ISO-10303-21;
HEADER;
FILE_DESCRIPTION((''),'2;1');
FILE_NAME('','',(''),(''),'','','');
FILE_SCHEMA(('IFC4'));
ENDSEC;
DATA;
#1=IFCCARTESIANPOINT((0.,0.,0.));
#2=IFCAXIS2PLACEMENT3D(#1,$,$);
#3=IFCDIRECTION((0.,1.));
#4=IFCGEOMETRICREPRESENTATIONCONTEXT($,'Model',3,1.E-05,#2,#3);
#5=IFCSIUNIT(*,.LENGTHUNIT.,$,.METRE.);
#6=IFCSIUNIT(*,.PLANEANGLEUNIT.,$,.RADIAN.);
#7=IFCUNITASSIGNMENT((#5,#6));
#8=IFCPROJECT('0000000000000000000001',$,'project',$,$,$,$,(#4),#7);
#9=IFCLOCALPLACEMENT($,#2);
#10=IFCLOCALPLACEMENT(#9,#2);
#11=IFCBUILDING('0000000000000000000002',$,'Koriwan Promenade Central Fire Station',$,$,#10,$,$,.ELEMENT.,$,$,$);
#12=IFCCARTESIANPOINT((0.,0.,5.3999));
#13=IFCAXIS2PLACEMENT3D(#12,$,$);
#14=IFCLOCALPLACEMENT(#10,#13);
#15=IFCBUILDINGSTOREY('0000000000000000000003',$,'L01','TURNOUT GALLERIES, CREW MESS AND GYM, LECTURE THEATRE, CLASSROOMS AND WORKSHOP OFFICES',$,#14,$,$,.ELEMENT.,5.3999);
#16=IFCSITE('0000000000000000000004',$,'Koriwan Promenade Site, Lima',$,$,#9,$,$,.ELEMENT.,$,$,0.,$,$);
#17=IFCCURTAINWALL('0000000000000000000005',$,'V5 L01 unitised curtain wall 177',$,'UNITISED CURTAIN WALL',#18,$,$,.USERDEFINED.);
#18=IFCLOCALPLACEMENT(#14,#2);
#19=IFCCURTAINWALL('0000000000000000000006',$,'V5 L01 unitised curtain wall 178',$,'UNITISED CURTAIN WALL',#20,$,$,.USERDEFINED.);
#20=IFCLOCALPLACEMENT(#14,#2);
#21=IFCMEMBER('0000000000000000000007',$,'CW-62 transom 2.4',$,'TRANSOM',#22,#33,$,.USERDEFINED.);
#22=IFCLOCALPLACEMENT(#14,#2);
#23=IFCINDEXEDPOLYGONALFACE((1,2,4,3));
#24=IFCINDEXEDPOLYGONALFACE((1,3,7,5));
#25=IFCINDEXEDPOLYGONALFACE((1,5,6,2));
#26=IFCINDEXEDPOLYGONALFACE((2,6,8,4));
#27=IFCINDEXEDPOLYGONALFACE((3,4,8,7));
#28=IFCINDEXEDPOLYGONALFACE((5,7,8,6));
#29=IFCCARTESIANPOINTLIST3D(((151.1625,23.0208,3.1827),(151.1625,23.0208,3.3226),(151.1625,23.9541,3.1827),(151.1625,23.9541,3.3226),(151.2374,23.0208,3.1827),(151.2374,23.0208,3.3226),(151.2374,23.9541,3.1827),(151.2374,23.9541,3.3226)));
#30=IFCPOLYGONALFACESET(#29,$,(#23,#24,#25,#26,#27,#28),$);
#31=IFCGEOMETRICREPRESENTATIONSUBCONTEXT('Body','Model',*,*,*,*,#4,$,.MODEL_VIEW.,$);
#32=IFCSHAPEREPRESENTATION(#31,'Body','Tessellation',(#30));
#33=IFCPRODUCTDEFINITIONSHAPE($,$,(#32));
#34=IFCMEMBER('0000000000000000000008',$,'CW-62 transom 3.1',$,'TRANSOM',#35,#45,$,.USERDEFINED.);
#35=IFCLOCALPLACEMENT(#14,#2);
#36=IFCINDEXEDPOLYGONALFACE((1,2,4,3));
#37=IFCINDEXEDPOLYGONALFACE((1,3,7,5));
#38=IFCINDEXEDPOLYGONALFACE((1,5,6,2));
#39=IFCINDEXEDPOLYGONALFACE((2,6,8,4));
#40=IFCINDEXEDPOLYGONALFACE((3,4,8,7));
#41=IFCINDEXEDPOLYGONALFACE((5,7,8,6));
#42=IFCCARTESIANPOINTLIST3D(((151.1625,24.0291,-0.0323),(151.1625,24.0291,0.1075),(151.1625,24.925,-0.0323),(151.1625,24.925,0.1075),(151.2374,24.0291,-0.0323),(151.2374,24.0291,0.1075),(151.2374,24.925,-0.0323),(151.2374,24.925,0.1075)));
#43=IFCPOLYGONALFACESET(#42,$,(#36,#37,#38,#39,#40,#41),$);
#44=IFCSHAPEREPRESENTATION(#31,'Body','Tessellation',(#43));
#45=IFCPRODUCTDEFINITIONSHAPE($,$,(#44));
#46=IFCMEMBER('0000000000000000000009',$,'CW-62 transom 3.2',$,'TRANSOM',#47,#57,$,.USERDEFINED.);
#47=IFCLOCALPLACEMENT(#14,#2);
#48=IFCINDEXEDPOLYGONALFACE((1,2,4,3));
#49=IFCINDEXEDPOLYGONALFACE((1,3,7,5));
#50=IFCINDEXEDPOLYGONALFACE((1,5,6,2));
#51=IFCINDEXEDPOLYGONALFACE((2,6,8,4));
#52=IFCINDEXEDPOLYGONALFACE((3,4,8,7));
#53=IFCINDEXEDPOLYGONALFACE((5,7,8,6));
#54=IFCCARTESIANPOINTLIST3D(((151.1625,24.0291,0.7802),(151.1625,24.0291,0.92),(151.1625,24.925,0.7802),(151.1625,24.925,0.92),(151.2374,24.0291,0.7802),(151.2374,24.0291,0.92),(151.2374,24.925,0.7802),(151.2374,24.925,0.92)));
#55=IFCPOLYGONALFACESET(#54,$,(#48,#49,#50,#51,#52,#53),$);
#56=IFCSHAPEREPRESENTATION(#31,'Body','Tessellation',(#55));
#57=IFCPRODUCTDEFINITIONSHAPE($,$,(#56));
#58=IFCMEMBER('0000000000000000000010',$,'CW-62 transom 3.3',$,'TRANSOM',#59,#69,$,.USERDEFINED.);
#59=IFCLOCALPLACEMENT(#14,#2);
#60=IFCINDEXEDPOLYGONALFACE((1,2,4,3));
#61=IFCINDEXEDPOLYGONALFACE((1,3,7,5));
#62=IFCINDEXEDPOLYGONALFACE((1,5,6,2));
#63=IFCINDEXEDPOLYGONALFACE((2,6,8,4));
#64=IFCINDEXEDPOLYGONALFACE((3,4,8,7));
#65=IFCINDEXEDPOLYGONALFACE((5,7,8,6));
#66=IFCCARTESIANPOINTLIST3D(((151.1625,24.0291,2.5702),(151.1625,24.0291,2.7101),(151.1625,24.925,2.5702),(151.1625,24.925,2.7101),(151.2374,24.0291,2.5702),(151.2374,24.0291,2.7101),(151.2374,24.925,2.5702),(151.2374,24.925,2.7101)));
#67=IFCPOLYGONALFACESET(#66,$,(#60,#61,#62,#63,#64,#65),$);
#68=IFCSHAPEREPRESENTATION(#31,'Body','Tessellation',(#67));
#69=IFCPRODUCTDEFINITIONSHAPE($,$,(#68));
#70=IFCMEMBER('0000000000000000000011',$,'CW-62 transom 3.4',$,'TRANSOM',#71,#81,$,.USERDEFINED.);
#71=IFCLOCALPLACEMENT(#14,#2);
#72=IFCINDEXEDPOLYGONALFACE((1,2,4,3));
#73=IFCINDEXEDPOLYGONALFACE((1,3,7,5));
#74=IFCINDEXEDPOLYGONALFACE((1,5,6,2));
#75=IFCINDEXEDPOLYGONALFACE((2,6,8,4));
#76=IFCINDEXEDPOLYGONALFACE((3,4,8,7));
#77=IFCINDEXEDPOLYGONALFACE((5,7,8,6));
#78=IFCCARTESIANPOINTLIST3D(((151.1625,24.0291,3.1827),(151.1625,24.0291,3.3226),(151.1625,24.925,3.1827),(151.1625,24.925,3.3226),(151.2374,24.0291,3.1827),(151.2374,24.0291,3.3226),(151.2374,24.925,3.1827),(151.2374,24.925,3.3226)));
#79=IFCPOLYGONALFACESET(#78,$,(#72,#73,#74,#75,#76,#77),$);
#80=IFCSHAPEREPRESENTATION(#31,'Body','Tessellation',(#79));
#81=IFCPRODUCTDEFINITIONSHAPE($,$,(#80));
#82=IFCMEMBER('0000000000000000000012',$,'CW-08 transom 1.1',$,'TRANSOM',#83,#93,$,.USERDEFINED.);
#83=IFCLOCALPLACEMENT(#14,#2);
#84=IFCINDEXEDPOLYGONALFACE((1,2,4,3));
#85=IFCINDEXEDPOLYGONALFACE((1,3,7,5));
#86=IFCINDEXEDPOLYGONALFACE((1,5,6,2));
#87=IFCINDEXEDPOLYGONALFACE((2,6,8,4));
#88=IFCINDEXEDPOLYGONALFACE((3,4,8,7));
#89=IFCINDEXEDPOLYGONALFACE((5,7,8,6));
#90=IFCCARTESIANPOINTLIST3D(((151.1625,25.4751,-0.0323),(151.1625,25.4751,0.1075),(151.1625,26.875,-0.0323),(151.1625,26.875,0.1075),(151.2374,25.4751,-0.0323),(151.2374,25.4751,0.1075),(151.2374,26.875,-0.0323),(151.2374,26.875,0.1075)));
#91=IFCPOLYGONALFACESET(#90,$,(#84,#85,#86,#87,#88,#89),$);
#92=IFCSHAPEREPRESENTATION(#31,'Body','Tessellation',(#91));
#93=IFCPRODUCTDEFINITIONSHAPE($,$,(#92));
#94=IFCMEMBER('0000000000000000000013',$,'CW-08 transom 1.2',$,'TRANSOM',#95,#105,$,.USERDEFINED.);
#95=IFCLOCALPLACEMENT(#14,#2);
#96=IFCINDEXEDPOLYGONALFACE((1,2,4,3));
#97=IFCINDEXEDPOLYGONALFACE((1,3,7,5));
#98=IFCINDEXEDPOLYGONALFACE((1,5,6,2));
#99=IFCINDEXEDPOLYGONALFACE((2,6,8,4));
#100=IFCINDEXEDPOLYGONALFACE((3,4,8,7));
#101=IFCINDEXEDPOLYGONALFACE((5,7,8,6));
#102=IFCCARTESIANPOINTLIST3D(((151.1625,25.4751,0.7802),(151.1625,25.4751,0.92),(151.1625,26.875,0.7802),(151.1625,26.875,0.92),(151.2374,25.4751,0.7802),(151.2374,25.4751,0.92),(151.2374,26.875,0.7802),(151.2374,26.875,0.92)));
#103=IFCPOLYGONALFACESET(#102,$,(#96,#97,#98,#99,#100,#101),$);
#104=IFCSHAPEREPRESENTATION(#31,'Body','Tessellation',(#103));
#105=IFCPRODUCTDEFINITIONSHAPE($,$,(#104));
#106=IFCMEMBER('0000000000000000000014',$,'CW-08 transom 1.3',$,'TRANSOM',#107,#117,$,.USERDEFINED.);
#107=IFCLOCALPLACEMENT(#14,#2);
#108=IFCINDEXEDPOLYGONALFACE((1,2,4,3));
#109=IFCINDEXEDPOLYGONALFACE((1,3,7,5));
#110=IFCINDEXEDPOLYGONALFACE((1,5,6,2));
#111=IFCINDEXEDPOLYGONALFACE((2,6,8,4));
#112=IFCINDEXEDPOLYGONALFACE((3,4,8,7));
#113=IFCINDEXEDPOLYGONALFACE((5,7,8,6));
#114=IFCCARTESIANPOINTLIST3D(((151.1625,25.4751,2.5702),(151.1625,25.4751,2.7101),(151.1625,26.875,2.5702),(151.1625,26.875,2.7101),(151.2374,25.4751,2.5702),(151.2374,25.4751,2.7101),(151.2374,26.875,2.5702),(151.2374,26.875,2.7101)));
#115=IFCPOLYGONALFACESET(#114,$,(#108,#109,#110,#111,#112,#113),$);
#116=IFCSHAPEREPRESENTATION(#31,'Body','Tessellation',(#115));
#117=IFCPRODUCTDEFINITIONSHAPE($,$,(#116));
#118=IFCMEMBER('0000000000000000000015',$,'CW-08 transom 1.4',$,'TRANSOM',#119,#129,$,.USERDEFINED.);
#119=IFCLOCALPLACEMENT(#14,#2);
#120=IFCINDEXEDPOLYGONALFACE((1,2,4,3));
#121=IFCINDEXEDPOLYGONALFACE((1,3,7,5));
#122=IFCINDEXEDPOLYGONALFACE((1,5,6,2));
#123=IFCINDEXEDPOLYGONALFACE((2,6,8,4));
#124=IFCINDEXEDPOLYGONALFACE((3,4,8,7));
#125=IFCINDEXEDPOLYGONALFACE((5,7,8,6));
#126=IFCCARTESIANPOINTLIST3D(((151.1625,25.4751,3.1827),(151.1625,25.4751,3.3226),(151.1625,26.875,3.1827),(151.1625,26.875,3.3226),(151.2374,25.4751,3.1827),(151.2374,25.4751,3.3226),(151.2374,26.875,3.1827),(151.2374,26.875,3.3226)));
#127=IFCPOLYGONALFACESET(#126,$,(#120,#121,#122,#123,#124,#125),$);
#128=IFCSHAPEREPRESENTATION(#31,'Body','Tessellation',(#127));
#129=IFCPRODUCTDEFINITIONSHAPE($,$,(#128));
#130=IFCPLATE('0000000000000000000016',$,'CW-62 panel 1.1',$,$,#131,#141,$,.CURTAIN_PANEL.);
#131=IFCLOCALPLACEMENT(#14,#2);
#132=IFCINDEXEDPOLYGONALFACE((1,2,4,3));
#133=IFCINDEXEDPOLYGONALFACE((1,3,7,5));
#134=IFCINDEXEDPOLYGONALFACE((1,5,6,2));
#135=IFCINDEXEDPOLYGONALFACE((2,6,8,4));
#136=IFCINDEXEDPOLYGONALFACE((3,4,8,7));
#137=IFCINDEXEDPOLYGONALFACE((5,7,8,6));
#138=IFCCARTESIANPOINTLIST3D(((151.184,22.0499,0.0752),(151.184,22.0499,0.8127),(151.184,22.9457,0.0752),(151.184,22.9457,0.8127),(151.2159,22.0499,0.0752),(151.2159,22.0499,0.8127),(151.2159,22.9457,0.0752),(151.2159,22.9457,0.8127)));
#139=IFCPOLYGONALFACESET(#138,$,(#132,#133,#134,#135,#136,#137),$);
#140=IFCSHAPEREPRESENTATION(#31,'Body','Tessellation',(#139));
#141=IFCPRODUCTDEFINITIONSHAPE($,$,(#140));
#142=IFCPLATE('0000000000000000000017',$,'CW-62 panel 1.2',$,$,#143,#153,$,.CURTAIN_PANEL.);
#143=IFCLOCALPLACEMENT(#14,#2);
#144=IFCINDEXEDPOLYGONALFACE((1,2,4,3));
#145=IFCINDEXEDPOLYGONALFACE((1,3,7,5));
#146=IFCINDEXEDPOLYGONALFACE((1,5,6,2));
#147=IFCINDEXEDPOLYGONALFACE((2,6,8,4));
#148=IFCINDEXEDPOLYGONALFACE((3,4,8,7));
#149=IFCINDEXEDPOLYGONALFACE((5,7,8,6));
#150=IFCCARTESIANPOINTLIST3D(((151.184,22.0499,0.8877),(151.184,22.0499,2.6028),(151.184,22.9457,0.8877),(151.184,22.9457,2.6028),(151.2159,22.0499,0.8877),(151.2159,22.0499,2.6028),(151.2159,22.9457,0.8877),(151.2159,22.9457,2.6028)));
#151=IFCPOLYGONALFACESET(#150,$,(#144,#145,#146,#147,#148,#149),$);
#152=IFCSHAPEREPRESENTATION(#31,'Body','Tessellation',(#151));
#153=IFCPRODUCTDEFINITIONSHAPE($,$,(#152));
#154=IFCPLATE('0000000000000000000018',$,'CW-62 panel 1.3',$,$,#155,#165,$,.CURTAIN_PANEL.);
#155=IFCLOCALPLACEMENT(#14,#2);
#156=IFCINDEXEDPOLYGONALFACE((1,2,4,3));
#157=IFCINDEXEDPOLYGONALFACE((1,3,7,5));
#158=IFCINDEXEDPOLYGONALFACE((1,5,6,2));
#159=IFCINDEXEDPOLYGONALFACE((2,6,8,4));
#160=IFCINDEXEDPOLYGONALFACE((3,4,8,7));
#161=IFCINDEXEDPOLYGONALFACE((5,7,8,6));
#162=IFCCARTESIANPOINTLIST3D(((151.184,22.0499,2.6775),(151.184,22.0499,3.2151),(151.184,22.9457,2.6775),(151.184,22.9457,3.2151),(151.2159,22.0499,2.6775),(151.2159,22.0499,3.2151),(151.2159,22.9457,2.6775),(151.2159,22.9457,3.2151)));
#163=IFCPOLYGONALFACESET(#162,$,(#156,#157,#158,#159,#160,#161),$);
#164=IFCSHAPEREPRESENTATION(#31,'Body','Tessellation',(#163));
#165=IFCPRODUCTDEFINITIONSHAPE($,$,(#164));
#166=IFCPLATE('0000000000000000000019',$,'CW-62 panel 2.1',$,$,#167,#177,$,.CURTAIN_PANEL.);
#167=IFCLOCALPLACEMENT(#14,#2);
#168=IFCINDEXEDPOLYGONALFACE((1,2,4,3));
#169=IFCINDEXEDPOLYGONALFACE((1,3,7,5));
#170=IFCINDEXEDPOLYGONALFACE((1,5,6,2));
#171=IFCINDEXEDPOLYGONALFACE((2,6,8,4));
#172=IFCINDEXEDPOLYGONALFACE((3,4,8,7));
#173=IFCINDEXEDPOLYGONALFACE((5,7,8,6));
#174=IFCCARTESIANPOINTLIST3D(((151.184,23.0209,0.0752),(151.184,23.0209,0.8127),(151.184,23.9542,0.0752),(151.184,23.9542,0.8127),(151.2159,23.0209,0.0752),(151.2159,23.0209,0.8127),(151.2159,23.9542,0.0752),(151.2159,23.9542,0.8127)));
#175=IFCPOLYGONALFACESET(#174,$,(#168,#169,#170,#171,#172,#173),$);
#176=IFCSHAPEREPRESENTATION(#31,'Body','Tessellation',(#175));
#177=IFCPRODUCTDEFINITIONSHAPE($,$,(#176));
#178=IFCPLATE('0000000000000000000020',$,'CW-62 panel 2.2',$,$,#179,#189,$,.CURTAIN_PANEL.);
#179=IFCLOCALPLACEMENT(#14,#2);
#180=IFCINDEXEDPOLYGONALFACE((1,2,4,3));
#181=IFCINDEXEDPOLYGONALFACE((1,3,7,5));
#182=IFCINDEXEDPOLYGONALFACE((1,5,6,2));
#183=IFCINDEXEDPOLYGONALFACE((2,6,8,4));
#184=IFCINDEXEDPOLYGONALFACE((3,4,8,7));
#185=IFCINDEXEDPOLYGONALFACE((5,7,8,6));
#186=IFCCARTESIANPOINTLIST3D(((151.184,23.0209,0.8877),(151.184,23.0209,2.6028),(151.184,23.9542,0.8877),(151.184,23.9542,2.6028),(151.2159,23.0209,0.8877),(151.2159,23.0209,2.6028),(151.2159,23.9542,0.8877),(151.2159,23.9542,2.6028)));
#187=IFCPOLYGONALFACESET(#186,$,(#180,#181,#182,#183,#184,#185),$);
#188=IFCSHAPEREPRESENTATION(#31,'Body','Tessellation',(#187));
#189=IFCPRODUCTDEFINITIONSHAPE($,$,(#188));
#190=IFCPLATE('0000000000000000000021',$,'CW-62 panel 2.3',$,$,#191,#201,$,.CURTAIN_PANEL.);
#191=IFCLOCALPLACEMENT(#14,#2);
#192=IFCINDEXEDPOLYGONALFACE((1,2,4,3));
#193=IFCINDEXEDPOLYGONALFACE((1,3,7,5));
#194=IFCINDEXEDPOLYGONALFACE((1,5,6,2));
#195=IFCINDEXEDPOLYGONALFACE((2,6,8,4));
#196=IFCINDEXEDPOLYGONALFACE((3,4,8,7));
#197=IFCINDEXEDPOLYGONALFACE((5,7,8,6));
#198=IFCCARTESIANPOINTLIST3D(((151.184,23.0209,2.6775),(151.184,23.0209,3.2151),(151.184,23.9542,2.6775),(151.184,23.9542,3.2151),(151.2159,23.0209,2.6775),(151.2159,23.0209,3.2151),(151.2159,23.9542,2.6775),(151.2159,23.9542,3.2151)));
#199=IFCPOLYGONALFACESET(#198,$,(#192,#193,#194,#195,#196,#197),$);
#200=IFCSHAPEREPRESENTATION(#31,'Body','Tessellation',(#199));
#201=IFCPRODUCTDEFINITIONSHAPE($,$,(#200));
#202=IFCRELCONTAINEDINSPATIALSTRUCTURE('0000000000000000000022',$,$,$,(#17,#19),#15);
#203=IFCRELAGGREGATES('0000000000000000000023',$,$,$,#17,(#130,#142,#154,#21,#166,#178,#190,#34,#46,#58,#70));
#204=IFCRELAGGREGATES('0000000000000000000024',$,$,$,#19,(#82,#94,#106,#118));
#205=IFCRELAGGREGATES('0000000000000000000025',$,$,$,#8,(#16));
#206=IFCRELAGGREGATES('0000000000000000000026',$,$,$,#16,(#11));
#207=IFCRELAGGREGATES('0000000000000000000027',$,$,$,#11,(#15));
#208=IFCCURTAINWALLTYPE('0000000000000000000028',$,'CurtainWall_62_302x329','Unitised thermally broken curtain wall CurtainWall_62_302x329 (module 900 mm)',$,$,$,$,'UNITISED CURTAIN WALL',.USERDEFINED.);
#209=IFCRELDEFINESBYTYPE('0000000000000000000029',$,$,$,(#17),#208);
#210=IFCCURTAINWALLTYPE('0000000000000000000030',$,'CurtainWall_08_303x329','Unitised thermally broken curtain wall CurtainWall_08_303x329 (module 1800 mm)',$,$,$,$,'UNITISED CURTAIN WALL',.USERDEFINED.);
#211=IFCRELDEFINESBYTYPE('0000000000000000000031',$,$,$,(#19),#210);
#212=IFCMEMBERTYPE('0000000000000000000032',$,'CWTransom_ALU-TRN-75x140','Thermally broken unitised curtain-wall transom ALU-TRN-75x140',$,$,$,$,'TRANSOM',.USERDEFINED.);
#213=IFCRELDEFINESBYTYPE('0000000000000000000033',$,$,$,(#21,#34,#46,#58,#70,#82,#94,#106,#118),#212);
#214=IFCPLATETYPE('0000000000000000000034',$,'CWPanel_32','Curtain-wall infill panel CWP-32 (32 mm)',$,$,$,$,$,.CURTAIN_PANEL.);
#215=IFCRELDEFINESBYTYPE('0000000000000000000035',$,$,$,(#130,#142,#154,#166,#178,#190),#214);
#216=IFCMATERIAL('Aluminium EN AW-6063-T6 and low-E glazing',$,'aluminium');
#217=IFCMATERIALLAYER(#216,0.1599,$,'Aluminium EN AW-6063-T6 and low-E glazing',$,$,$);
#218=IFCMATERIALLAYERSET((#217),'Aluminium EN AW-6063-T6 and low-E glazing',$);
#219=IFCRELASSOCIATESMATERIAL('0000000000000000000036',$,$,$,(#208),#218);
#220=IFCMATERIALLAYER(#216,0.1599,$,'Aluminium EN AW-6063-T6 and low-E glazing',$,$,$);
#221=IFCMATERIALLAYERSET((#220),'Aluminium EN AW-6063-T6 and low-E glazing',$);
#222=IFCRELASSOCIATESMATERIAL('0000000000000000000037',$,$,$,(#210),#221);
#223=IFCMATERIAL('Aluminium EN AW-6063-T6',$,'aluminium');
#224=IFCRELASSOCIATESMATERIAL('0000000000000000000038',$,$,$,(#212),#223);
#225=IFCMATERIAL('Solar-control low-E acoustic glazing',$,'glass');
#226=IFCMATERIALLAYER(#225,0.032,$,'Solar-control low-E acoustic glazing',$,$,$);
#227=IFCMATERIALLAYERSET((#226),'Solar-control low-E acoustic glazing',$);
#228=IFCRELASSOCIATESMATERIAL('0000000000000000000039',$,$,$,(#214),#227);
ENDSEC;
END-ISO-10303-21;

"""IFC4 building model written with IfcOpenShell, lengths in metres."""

from ifc_helpers import new_model, si_unit, direction, frame, origin, origin_2d, place, context, subcontext, project, spatial, rectangle, extrude, material, layer, layer_set, material_profile, profile_set, type_object, element, aggregate, save


model = new_model("IFC4")

# Units and contexts
model_context = context("Model", 3, precision=1e-05, world=origin(), true_north=direction((0.0, 1.0)))
body_context = subcontext(model_context, "Body", "Model", "MODEL_VIEW")
ifc_project = project(units=[si_unit("LENGTHUNIT", "METRE"), si_unit("PLANEANGLEUNIT", "RADIAN")], contexts=[model_context])

# Site, building, storey
site_placement = place(None, origin())
site = spatial("IfcSite", under=ifc_project, at=site_placement, Name="Koriwan Promenade Site, Lima", CompositionType="ELEMENT", RefElevation=0.0)
building_placement = place(site_placement, origin())
building = spatial("IfcBuilding", under=site, at=building_placement, Name="Koriwan Promenade Central Fire Station", CompositionType="ELEMENT")
storey_placement = place(building_placement, frame((0.0, 0.0, 5.3999)))
storey = spatial("IfcBuildingStorey", under=building, at=storey_placement, Name="L01", Description="TURNOUT GALLERIES, CREW MESS AND GYM, LECTURE THEATRE, CLASSROOMS AND WORKSHOP OFFICES", CompositionType="ELEMENT", Elevation=5.3999)

# Curtain wall
ifc_material_1 = material(Name="Aluminium EN AW-6063-T6 and low-E glazing", Category="aluminium")
ifc_layer_1 = layer(ifc_material_1, 0.1599, Name="Aluminium EN AW-6063-T6 and low-E glazing")
ifc_layer_set_1 = layer_set([ifc_layer_1], Name="Aluminium EN AW-6063-T6 and low-E glazing")
curtain_wall_type_1 = type_object("IfcCurtainWallType", Name="CurtainWall_62_302x329", Description="Unitised thermally broken curtain wall CurtainWall_62_302x329 (module 900 mm)", ElementType="UNITISED CURTAIN WALL", PredefinedType="USERDEFINED", material=ifc_layer_set_1)
curtain_wall_1_placement = place(storey_placement, origin())
curtain_wall_1 = element("IfcCurtainWall", 1, at=curtain_wall_1_placement, inside=storey, type_object=curtain_wall_type_1, Name="V5 L01 unitised curtain wall 177", ObjectType="UNITISED CURTAIN WALL", PredefinedType="USERDEFINED")
ifc_material_2 = material(Name="Aluminium EN AW-6063-T6", Category="aluminium")

# Curtain wall
ifc_layer_2 = layer(ifc_material_1, 0.1599, Name="Aluminium EN AW-6063-T6 and low-E glazing")
ifc_layer_set_2 = layer_set([ifc_layer_2], Name="Aluminium EN AW-6063-T6 and low-E glazing")
curtain_wall_type_2 = type_object("IfcCurtainWallType", Name="CurtainWall_08_303x329", Description="Unitised thermally broken curtain wall CurtainWall_08_303x329 (module 1800 mm)", ElementType="UNITISED CURTAIN WALL", PredefinedType="USERDEFINED", material=ifc_layer_set_2)
curtain_wall_2_placement = place(storey_placement, origin())
curtain_wall_2 = element("IfcCurtainWall", 2, at=curtain_wall_2_placement, inside=storey, type_object=curtain_wall_type_2, Name="V5 L01 unitised curtain wall 178", ObjectType="UNITISED CURTAIN WALL", PredefinedType="USERDEFINED")

# Members
ifc_material_profile_1 = material_profile(ifc_material_2, rectangle(XDim=0.075, YDim=0.1399, at=origin_2d()), Name="ALU-TRN-75x140")
ifc_profile_set_1 = profile_set([ifc_material_profile_1], Name="Aluminium EN AW-6063-T6")
member_type_1 = type_object("IfcMemberType", Name="CWTransom_ALU-TRN-75x140", Description="Thermally broken unitised curtain-wall transom ALU-TRN-75x140", ElementType="TRANSOM", PredefinedType="USERDEFINED", material=ifc_profile_set_1)
member_1_placement = place(storey_placement, frame((151.2, 23.0208, 3.2527), z_axis=(0.0, 1.0, 0.0), x_axis=(-1.0, 0.0, 0.0)))
member_1 = element("IfcMember", 3, at=member_1_placement, type_object=member_type_1, Name="CW-62 transom 2.4", ObjectType="TRANSOM", PredefinedType="USERDEFINED", context=body_context, shape_type="SweptSolid", body=[
    extrude(rectangle(XDim=0.075, YDim=0.1399, at=origin_2d()), origin(), (0.0, 0.0, 1.0), 0.9333),
])
member_2_placement = place(storey_placement, frame((151.2, 24.0291, 0.0376), z_axis=(0.0, 1.0, 0.0), x_axis=(-1.0, 0.0, 0.0)))
member_2 = element("IfcMember", 4, at=member_2_placement, type_object=member_type_1, Name="CW-62 transom 3.1", ObjectType="TRANSOM", PredefinedType="USERDEFINED", context=body_context, shape_type="SweptSolid", body=[
    extrude(rectangle(XDim=0.075, YDim=0.1399, at=origin_2d()), origin(), (0.0, 0.0, 1.0), 0.896),
])
member_3_placement = place(storey_placement, frame((151.2, 24.0291, 0.8501), z_axis=(0.0, 1.0, 0.0), x_axis=(-1.0, 0.0, 0.0)))
member_3 = element("IfcMember", 5, at=member_3_placement, type_object=member_type_1, Name="CW-62 transom 3.2", ObjectType="TRANSOM", PredefinedType="USERDEFINED", context=body_context, shape_type="SweptSolid", body=[
    extrude(rectangle(XDim=0.075, YDim=0.1399, at=origin_2d()), origin(), (0.0, 0.0, 1.0), 0.896),
])
member_4_placement = place(storey_placement, frame((151.2, 24.0291, 2.6401), z_axis=(0.0, 1.0, 0.0), x_axis=(-1.0, 0.0, 0.0)))
member_4 = element("IfcMember", 6, at=member_4_placement, type_object=member_type_1, Name="CW-62 transom 3.3", ObjectType="TRANSOM", PredefinedType="USERDEFINED", context=body_context, shape_type="SweptSolid", body=[
    extrude(rectangle(XDim=0.075, YDim=0.1399, at=origin_2d()), origin(), (0.0, 0.0, 1.0), 0.896),
])
member_5_placement = place(storey_placement, frame((151.2, 24.0291, 3.2527), z_axis=(0.0, 1.0, 0.0), x_axis=(-1.0, 0.0, 0.0)))
member_5 = element("IfcMember", 7, at=member_5_placement, type_object=member_type_1, Name="CW-62 transom 3.4", ObjectType="TRANSOM", PredefinedType="USERDEFINED", context=body_context, shape_type="SweptSolid", body=[
    extrude(rectangle(XDim=0.075, YDim=0.1399, at=origin_2d()), origin(), (0.0, 0.0, 1.0), 0.896),
])
member_6_placement = place(storey_placement, frame((151.2, 25.4751, 0.0376), z_axis=(0.0, 1.0, 0.0), x_axis=(-1.0, 0.0, 0.0)))
member_6 = element("IfcMember", 8, at=member_6_placement, type_object=member_type_1, Name="CW-08 transom 1.1", ObjectType="TRANSOM", PredefinedType="USERDEFINED", context=body_context, shape_type="SweptSolid", body=[
    extrude(rectangle(XDim=0.075, YDim=0.1399, at=origin_2d()), origin(), (0.0, 0.0, 1.0), 1.3999),
])
member_7_placement = place(storey_placement, frame((151.2, 25.4751, 0.8501), z_axis=(0.0, 1.0, 0.0), x_axis=(-1.0, 0.0, 0.0)))
member_7 = element("IfcMember", 9, at=member_7_placement, type_object=member_type_1, Name="CW-08 transom 1.2", ObjectType="TRANSOM", PredefinedType="USERDEFINED", context=body_context, shape_type="SweptSolid", body=[
    extrude(rectangle(XDim=0.075, YDim=0.1399, at=origin_2d()), origin(), (0.0, 0.0, 1.0), 1.3999),
])
member_8_placement = place(storey_placement, frame((151.2, 25.4751, 2.6401), z_axis=(0.0, 1.0, 0.0), x_axis=(-1.0, 0.0, 0.0)))
member_8 = element("IfcMember", 10, at=member_8_placement, type_object=member_type_1, Name="CW-08 transom 1.3", ObjectType="TRANSOM", PredefinedType="USERDEFINED", context=body_context, shape_type="SweptSolid", body=[
    extrude(rectangle(XDim=0.075, YDim=0.1399, at=origin_2d()), origin(), (0.0, 0.0, 1.0), 1.3999),
])
member_9_placement = place(storey_placement, frame((151.2, 25.4751, 3.2527), z_axis=(0.0, 1.0, 0.0), x_axis=(-1.0, 0.0, 0.0)))
member_9 = element("IfcMember", 11, at=member_9_placement, type_object=member_type_1, Name="CW-08 transom 1.4", ObjectType="TRANSOM", PredefinedType="USERDEFINED", context=body_context, shape_type="SweptSolid", body=[
    extrude(rectangle(XDim=0.075, YDim=0.1399, at=origin_2d()), origin(), (0.0, 0.0, 1.0), 1.3999),
])

# Plates
ifc_material_3 = material(Name="Solar-control low-E acoustic glazing", Category="glass")
ifc_layer_3 = layer(ifc_material_3, 0.032, Name="Solar-control low-E acoustic glazing")
ifc_layer_set_3 = layer_set([ifc_layer_3], Name="Solar-control low-E acoustic glazing")
plate_type = type_object("IfcPlateType", Name="CWPanel_32", Description="Curtain-wall infill panel CWP-32 (32 mm)", PredefinedType="CURTAIN_PANEL", material=ifc_layer_set_3)
plate_1_placement = place(storey_placement, frame((151.2, 22.4978, 0.0752), z_axis=(0.0, 0.0, 1.0), x_axis=(0.0, 1.0, 0.0)))
plate_1 = element("IfcPlate", 12, at=plate_1_placement, type_object=plate_type, Name="CW-62 panel 1.1", PredefinedType="CURTAIN_PANEL", context=body_context, shape_type="SweptSolid", body=[
    extrude(rectangle(XDim=0.8958, YDim=0.032, at=origin_2d()), origin(), (0.0, 0.0, 1.0), 0.7375),
])
plate_2_placement = place(storey_placement, frame((151.2, 22.4978, 0.8877), z_axis=(0.0, 0.0, 1.0), x_axis=(0.0, 1.0, 0.0)))
plate_2 = element("IfcPlate", 13, at=plate_2_placement, type_object=plate_type, Name="CW-62 panel 1.2", PredefinedType="CURTAIN_PANEL", context=body_context, shape_type="SweptSolid", body=[
    extrude(rectangle(XDim=0.8958, YDim=0.032, at=origin_2d()), origin(), (0.0, 0.0, 1.0), 1.7151),
])
plate_3_placement = place(storey_placement, frame((151.2, 22.4978, 2.6775), z_axis=(0.0, 0.0, 1.0), x_axis=(0.0, 1.0, 0.0)))
plate_3 = element("IfcPlate", 14, at=plate_3_placement, type_object=plate_type, Name="CW-62 panel 1.3", PredefinedType="CURTAIN_PANEL", context=body_context, shape_type="SweptSolid", body=[
    extrude(rectangle(XDim=0.8958, YDim=0.032, at=origin_2d()), origin(), (0.0, 0.0, 1.0), 0.5376),
])
plate_4_placement = place(storey_placement, frame((151.2, 23.4875, 0.0752), z_axis=(0.0, 0.0, 1.0), x_axis=(0.0, 1.0, 0.0)))
plate_4 = element("IfcPlate", 15, at=plate_4_placement, type_object=plate_type, Name="CW-62 panel 2.1", PredefinedType="CURTAIN_PANEL", context=body_context, shape_type="SweptSolid", body=[
    extrude(rectangle(XDim=0.9333, YDim=0.032, at=origin_2d()), origin(), (0.0, 0.0, 1.0), 0.7375),
])
plate_5_placement = place(storey_placement, frame((151.2, 23.4875, 0.8877), z_axis=(0.0, 0.0, 1.0), x_axis=(0.0, 1.0, 0.0)))
plate_5 = element("IfcPlate", 16, at=plate_5_placement, type_object=plate_type, Name="CW-62 panel 2.2", PredefinedType="CURTAIN_PANEL", context=body_context, shape_type="SweptSolid", body=[
    extrude(rectangle(XDim=0.9333, YDim=0.032, at=origin_2d()), origin(), (0.0, 0.0, 1.0), 1.7151),
])
plate_6_placement = place(storey_placement, frame((151.2, 23.4875, 2.6775), z_axis=(0.0, 0.0, 1.0), x_axis=(0.0, 1.0, 0.0)))
plate_6 = element("IfcPlate", 17, at=plate_6_placement, type_object=plate_type, Name="CW-62 panel 2.3", PredefinedType="CURTAIN_PANEL", context=body_context, shape_type="SweptSolid", body=[
    extrude(rectangle(XDim=0.9333, YDim=0.032, at=origin_2d()), origin(), (0.0, 0.0, 1.0), 0.5376),
])
aggregate(curtain_wall_1, [plate_1, plate_2, plate_3, member_1, plate_4, plate_5, plate_6, member_2, member_3, member_4, member_5])
aggregate(curtain_wall_2, [member_6, member_7, member_8, member_9])

save(model, "model.ifc")
